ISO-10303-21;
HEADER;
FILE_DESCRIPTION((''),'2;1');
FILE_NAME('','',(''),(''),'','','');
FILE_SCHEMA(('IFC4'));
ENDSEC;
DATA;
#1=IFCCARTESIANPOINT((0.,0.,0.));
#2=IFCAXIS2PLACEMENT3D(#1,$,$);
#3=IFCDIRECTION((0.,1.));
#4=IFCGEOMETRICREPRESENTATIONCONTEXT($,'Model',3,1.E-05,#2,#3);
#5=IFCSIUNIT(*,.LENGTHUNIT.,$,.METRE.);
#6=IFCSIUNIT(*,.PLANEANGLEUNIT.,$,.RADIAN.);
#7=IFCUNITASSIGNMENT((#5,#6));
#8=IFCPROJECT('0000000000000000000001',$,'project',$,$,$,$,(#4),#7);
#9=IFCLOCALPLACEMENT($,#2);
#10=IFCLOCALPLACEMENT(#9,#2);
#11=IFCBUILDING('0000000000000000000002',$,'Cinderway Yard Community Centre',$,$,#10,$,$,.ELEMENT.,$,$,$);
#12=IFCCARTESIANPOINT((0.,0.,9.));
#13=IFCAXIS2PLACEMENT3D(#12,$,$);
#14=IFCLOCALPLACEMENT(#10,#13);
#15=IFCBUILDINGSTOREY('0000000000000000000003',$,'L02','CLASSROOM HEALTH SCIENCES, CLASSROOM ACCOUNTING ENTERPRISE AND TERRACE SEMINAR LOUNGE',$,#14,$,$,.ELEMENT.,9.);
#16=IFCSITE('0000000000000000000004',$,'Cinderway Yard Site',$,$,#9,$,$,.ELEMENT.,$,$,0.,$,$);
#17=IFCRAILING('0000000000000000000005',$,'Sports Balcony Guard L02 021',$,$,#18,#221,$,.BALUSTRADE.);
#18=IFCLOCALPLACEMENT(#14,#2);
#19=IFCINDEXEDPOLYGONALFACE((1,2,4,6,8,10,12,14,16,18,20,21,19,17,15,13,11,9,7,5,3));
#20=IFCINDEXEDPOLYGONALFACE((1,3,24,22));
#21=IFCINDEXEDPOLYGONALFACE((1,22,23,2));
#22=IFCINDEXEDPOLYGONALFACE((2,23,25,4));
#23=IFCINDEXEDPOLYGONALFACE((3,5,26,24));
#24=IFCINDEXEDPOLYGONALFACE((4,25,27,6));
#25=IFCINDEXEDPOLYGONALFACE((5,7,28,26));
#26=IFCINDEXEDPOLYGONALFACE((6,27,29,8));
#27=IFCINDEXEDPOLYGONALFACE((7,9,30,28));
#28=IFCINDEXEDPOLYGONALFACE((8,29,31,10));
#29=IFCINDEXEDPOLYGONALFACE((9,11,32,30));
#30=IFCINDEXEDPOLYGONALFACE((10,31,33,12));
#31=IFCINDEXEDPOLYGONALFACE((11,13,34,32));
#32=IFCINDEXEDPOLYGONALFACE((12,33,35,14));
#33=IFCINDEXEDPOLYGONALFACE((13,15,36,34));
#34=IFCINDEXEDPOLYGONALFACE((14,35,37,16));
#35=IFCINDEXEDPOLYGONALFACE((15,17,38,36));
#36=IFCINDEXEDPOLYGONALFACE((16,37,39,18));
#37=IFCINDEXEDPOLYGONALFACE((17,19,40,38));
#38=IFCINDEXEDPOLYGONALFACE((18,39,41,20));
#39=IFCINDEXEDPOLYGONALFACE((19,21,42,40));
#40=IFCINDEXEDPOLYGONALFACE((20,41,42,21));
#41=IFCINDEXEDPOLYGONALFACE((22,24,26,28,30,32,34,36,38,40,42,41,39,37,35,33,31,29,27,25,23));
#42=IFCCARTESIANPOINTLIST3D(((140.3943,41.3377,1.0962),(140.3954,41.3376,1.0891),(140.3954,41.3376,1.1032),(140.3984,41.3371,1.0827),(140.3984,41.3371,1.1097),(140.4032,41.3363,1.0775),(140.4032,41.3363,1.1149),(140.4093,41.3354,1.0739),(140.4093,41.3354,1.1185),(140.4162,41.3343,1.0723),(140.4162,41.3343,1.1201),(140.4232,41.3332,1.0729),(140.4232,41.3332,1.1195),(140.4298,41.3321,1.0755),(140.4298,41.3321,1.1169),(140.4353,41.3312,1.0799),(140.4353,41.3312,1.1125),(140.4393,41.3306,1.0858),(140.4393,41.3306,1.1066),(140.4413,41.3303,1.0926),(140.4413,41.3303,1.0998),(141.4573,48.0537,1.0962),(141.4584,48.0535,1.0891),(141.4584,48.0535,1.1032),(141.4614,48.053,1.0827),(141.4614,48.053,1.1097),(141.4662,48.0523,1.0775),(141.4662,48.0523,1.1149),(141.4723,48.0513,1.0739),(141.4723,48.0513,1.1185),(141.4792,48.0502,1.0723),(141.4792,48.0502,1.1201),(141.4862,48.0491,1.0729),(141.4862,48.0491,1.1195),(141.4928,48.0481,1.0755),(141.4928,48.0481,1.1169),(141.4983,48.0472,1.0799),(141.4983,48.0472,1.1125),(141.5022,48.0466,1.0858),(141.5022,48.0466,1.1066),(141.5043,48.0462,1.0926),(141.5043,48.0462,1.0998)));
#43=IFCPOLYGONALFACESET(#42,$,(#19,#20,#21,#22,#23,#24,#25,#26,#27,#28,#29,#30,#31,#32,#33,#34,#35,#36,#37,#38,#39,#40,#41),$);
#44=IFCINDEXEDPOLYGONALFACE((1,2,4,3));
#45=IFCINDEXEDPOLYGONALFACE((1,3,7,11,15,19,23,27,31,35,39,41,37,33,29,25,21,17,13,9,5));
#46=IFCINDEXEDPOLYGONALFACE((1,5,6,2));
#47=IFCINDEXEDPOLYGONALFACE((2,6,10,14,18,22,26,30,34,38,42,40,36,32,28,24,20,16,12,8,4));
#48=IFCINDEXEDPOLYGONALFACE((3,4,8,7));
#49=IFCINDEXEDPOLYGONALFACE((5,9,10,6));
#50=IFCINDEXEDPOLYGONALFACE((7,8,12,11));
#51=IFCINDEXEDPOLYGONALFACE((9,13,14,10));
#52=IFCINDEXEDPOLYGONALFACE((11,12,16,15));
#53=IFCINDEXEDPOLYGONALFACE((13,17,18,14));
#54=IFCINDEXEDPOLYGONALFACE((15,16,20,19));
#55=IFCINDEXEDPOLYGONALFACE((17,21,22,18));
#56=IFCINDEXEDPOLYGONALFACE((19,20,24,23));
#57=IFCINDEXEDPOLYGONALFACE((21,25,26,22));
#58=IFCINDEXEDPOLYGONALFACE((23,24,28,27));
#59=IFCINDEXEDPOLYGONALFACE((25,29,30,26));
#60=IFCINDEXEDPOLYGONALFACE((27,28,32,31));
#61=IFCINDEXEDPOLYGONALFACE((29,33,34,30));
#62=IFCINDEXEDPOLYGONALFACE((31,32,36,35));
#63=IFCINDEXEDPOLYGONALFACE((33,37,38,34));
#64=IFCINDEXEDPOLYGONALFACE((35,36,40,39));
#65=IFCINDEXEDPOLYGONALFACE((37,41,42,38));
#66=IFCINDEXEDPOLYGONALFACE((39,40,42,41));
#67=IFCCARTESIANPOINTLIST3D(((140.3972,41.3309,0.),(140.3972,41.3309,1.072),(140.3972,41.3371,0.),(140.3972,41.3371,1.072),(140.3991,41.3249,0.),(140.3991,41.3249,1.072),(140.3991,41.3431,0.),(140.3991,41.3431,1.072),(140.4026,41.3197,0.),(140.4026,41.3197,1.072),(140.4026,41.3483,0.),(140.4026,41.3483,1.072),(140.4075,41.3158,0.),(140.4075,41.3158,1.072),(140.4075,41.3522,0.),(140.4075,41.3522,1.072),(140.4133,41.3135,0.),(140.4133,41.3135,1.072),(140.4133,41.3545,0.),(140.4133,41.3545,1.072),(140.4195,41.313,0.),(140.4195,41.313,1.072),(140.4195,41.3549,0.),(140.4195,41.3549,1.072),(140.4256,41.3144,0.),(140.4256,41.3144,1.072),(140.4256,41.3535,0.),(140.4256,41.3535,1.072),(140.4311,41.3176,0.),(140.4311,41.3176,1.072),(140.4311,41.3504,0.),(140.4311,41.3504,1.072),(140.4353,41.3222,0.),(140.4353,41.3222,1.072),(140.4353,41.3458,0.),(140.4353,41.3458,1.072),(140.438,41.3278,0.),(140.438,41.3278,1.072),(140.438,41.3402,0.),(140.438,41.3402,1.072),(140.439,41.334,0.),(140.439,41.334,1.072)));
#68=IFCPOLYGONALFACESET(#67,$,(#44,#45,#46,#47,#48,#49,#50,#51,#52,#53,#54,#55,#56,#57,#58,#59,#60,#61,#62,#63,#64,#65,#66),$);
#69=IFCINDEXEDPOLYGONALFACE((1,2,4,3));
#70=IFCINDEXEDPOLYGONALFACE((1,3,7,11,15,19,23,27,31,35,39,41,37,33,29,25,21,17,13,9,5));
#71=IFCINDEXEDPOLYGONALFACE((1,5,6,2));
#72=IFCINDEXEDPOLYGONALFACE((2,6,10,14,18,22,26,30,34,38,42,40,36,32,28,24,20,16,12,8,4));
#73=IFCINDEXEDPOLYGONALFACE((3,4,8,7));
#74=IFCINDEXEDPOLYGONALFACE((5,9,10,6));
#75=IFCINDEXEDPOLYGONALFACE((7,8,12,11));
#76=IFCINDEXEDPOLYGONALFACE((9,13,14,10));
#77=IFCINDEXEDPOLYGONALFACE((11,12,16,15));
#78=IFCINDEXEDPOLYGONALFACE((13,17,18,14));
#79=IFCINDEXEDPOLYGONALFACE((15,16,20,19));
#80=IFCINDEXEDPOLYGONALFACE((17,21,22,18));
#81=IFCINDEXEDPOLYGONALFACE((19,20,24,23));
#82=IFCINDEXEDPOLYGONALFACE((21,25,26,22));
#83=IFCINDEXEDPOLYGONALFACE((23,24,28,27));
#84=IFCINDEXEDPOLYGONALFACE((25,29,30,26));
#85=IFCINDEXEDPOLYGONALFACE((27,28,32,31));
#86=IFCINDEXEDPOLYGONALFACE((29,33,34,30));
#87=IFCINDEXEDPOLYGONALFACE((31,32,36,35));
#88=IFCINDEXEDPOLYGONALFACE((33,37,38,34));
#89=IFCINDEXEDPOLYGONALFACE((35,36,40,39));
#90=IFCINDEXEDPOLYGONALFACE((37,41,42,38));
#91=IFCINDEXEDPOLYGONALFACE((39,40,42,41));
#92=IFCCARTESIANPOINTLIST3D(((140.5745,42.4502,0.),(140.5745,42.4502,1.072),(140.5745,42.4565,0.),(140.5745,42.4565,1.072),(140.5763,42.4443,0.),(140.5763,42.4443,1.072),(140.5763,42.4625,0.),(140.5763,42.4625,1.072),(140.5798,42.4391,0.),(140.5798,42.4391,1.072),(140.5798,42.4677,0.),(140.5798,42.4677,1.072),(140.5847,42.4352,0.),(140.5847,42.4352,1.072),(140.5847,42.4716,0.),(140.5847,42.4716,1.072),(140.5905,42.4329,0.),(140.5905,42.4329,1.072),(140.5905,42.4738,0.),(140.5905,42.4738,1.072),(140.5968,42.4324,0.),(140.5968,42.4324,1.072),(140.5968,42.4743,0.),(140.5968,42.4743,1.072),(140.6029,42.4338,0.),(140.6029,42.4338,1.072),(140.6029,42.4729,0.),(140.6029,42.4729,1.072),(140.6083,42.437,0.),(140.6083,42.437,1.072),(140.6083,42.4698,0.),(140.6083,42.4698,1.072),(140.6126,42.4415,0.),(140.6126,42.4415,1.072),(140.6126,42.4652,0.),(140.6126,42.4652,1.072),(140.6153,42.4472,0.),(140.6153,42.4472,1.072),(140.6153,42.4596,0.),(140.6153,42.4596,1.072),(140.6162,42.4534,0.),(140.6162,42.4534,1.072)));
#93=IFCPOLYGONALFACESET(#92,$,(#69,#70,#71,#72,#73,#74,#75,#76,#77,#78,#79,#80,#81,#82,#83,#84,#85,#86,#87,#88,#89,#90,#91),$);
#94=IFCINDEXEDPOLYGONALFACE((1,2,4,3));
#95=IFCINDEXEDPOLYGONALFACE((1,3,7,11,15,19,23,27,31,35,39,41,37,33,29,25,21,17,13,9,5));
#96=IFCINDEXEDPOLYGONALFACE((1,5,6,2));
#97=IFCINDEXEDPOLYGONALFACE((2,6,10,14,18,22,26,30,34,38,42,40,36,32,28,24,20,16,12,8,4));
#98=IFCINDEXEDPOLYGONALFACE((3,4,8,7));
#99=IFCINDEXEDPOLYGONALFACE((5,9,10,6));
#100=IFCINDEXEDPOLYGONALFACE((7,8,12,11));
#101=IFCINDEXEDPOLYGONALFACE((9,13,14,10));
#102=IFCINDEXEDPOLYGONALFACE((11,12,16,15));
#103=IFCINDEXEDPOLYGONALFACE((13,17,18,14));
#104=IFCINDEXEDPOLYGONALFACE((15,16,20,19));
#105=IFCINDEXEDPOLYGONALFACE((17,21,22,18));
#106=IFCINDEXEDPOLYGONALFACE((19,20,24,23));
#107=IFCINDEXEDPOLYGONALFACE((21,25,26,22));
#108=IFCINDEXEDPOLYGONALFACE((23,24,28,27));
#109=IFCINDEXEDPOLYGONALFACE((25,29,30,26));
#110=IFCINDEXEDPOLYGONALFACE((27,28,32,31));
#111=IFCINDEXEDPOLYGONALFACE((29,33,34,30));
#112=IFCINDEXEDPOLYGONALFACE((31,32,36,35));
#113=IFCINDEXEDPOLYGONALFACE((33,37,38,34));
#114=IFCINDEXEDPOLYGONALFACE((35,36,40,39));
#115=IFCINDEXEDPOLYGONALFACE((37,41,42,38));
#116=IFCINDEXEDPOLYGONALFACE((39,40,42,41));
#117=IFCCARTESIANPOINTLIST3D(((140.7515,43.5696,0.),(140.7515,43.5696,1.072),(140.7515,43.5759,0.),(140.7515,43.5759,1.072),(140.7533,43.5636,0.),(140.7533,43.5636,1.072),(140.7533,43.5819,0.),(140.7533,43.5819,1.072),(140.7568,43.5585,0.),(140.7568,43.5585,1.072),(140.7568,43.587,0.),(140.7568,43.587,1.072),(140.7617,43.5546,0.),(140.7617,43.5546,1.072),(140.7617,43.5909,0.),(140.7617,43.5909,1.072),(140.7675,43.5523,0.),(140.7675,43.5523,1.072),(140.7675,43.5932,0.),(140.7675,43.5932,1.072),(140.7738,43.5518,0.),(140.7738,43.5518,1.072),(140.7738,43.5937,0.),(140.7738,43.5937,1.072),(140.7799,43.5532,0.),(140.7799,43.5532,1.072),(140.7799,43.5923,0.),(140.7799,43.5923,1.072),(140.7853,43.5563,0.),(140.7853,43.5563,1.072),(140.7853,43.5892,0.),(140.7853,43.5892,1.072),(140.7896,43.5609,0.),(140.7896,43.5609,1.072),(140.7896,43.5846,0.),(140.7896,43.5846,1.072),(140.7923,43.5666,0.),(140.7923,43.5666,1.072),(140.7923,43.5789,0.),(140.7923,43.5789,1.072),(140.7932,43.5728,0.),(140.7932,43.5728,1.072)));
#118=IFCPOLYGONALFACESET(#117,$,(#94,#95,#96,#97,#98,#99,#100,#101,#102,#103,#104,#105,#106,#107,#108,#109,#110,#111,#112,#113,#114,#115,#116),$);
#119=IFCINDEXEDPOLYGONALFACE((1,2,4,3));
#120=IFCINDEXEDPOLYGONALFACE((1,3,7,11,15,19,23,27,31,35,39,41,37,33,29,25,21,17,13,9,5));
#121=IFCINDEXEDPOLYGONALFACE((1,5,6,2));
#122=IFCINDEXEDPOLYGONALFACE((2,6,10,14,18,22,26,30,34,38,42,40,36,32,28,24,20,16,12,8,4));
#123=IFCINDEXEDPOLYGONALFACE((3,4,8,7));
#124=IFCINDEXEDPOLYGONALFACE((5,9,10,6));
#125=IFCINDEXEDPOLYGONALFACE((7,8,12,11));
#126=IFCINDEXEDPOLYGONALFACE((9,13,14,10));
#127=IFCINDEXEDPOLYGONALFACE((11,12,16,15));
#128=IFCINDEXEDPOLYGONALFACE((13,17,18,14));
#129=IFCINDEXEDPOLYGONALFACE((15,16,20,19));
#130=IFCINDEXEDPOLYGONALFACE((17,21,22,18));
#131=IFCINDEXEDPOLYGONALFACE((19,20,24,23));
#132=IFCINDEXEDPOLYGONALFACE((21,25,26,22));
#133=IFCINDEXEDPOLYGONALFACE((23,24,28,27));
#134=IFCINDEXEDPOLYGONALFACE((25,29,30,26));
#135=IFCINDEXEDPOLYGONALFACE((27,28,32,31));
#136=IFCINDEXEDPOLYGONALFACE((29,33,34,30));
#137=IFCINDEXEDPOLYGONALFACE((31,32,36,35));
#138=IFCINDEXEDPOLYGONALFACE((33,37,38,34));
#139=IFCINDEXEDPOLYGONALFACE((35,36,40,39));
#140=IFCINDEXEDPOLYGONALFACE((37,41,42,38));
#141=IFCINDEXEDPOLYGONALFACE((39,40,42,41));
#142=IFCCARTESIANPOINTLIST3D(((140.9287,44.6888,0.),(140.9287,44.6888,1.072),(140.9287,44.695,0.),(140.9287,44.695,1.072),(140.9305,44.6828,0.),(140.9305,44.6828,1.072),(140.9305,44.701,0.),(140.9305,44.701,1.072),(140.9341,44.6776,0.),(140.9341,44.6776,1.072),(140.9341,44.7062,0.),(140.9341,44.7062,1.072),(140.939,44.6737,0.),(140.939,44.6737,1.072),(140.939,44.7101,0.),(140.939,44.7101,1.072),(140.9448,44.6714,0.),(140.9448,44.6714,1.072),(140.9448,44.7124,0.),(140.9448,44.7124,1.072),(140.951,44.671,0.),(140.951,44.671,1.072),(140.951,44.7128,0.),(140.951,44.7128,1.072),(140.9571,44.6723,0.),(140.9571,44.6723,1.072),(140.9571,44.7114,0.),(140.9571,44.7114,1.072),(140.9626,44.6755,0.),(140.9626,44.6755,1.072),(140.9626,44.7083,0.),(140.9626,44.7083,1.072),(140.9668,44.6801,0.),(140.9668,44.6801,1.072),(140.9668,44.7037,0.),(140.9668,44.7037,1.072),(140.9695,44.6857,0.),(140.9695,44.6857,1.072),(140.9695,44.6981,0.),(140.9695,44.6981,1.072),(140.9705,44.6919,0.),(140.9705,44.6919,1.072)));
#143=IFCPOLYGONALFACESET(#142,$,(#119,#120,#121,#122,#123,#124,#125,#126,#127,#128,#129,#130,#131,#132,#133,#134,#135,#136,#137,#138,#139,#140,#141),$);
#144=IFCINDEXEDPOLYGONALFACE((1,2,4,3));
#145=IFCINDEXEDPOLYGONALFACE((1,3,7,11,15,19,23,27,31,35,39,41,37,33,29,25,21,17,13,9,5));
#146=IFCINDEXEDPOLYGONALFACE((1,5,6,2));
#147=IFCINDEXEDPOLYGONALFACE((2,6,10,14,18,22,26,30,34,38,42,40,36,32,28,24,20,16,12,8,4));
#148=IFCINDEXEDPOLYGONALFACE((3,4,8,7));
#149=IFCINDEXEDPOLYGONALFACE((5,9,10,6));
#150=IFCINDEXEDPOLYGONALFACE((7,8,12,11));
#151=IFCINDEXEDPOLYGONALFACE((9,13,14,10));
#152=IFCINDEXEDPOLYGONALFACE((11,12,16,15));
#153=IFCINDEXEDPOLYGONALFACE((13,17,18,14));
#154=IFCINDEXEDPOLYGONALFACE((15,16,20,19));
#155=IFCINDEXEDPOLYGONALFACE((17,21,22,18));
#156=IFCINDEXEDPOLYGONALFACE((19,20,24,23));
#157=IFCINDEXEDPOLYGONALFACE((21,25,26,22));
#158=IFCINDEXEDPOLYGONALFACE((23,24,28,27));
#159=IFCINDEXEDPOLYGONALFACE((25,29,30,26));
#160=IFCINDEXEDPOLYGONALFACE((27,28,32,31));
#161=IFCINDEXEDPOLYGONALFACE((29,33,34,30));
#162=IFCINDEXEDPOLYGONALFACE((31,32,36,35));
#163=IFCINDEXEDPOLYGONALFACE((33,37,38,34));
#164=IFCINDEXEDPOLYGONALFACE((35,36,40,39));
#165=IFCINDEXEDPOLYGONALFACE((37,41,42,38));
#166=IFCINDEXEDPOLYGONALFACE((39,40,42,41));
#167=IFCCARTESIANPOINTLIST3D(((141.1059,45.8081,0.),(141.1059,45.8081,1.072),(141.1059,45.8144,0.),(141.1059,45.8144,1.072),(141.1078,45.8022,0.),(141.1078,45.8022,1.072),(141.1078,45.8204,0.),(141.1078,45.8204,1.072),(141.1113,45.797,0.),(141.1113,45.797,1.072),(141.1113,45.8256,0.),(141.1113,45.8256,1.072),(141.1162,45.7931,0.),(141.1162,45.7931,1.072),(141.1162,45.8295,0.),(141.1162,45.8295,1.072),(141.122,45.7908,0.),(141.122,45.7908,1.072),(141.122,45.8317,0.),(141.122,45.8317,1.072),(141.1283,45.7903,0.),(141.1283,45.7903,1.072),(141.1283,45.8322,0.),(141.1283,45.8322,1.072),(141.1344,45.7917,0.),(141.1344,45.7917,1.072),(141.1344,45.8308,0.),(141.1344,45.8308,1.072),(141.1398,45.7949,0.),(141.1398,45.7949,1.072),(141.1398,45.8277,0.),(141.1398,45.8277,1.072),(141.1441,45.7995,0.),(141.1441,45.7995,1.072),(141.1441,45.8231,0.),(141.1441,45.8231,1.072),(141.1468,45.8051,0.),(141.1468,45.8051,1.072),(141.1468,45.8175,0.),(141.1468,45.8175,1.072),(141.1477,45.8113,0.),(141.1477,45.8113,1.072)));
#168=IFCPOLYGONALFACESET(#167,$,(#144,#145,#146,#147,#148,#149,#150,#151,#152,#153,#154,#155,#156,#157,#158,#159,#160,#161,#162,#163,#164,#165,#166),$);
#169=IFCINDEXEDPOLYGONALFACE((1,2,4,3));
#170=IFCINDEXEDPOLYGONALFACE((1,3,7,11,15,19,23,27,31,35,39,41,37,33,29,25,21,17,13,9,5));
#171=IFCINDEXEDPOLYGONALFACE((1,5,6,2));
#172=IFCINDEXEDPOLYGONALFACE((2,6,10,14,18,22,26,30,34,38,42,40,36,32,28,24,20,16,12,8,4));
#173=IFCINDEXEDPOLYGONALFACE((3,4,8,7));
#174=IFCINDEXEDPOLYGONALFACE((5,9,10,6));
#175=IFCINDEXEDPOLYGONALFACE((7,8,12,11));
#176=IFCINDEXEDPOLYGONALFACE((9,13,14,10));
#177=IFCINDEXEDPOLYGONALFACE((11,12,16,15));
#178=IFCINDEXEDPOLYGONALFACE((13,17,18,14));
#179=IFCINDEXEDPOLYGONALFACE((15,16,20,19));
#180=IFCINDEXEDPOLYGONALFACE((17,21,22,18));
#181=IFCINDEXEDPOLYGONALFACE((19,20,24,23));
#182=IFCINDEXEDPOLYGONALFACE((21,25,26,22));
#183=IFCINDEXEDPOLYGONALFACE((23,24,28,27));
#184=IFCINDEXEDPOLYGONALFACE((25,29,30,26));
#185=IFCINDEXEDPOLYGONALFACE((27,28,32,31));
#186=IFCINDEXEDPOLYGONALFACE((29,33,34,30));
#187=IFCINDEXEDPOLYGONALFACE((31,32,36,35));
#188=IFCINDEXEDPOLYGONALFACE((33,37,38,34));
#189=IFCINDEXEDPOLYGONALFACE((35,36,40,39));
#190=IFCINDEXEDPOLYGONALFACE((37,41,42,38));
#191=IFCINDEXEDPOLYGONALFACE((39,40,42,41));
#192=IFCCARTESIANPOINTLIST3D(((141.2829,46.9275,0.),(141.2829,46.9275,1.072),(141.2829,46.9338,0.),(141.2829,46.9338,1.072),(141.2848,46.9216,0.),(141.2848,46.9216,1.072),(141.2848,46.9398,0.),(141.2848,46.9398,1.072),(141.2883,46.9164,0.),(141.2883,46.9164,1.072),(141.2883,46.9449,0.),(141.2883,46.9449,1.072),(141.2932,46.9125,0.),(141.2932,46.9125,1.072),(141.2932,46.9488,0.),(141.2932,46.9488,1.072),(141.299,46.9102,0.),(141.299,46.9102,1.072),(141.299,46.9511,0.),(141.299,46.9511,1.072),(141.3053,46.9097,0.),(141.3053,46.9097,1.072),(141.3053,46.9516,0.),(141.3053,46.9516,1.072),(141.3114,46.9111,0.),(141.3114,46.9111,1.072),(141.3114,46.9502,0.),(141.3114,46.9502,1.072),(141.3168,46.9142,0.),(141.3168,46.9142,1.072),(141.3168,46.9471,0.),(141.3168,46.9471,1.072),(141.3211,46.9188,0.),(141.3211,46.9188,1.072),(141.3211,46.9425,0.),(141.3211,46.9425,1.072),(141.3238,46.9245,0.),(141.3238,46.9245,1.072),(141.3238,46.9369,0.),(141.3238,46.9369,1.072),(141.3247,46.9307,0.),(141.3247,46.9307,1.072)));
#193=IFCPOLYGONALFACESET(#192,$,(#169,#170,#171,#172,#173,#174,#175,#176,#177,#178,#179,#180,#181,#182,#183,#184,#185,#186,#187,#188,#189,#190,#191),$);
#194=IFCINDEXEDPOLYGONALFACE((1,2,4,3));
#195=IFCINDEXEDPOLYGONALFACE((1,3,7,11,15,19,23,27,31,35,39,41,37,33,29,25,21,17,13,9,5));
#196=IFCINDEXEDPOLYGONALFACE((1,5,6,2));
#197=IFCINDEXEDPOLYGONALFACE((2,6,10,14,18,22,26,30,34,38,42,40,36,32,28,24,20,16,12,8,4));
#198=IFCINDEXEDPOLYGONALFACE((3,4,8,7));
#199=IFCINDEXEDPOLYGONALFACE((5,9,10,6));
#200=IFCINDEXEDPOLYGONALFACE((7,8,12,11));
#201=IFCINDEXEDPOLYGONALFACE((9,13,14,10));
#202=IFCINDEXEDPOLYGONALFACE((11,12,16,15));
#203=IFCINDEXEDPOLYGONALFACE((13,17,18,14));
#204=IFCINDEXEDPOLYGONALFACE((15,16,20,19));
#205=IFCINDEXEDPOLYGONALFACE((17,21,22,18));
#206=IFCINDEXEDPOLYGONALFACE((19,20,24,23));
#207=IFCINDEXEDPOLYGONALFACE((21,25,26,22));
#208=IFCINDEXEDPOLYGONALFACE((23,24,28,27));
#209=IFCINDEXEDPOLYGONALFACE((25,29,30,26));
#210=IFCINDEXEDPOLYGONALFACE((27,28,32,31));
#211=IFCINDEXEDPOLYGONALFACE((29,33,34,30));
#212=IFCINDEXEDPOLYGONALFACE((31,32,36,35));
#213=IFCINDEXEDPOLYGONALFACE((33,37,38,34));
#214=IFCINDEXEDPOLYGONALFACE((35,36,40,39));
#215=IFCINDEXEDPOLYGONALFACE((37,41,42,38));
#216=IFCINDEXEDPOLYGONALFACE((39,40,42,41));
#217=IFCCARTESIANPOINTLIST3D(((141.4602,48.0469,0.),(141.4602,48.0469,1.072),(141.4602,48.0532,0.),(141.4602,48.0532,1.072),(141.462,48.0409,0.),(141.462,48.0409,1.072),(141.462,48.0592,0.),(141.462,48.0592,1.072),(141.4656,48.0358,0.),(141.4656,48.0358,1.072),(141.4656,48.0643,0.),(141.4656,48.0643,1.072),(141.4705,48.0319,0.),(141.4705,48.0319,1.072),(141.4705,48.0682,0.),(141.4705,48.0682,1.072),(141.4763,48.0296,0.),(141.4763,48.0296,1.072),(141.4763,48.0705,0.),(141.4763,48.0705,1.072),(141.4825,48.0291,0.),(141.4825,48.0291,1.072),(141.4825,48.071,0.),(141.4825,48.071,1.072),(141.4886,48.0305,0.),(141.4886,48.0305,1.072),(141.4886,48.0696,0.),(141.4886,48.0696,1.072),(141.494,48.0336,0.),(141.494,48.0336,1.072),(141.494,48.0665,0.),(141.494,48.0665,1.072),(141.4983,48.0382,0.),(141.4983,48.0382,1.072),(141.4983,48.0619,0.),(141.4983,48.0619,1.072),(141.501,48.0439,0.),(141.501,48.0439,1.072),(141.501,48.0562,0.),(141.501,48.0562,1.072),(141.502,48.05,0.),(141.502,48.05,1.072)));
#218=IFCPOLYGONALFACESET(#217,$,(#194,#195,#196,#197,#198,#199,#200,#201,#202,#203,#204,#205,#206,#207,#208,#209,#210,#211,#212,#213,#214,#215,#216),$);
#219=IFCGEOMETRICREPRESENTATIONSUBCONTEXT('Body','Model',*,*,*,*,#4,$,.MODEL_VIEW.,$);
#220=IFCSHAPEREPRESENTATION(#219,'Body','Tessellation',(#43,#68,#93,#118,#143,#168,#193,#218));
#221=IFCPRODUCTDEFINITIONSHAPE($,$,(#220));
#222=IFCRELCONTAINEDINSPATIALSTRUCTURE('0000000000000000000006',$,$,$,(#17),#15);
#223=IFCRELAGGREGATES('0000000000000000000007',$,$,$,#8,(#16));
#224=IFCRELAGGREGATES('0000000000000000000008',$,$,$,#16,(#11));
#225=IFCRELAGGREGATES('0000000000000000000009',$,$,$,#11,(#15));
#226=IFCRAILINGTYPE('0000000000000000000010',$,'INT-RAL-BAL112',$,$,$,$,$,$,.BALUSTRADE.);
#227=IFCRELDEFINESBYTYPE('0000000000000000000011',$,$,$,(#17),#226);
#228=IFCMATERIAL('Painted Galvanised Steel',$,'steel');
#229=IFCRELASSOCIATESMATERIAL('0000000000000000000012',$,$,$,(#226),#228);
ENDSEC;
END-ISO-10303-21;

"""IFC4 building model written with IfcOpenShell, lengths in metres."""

from ifc_helpers import new_model, si_unit, direction, frame, origin, origin_2d, place, context, subcontext, project, spatial, circle, extrude, material, type_object, element, save


model = new_model("IFC4")

# Units and contexts
model_context = context("Model", 3, precision=1e-05, world=origin(), true_north=direction((0.0, 1.0)))
body_context = subcontext(model_context, "Body", "Model", "MODEL_VIEW")
ifc_project = project(units=[si_unit("LENGTHUNIT", "METRE"), si_unit("PLANEANGLEUNIT", "RADIAN")], contexts=[model_context])

# Site, building, storey
site_placement = place(None, origin())
site = spatial("IfcSite", under=ifc_project, at=site_placement, Name="Cinderway Yard Site", CompositionType="ELEMENT", RefElevation=0.0)
building_placement = place(site_placement, origin())
building = spatial("IfcBuilding", under=site, at=building_placement, Name="Cinderway Yard Community Centre", CompositionType="ELEMENT")
storey_placement = place(building_placement, frame((0.0, 0.0, 9.0)))
storey = spatial("IfcBuildingStorey", under=building, at=storey_placement, Name="L02", Description="CLASSROOM HEALTH SCIENCES, CLASSROOM ACCOUNTING ENTERPRISE AND TERRACE SEMINAR LOUNGE", CompositionType="ELEMENT", Elevation=9.0)

# Railing
ifc_material_1 = material(Name="Painted Galvanised Steel", Category="steel")
railing_type = type_object("IfcRailingType", Name="INT-RAL-BAL112", PredefinedType="BALUSTRADE", material=ifc_material_1)
railing_placement = place(storey_placement, frame((140.418, 41.334, 0.0)))
element("IfcRailing", 1, at=railing_placement, inside=storey, type_object=railing_type, Name="Sports Balcony Guard L02 021", PredefinedType="BALUSTRADE", context=body_context, shape_type="SweptSolid", body=[
    extrude(circle(Radius=0.0239, at=origin_2d()), frame((0.0, 0.0, 1.0962), z_axis=(0.156329, 0.987705, 0.0), x_axis=(-0.987705, 0.156329, 0.0)), (0.0, 0.0, 1.0), 6.7996),
    extrude(circle(Radius=0.021, at=origin_2d()), origin(), (0.0, 0.0, 1.0), 1.072),
    extrude(circle(Radius=0.021, at=origin_2d()), frame((0.1772, 1.1194, 0.0)), (0.0, 0.0, 1.0), 1.072),
    extrude(circle(Radius=0.021, at=origin_2d()), frame((0.3542, 2.2388, 0.0)), (0.0, 0.0, 1.0), 1.072),
    extrude(circle(Radius=0.021, at=origin_2d()), frame((0.5315, 3.3579, 0.0)), (0.0, 0.0, 1.0), 1.072),
    extrude(circle(Radius=0.021, at=origin_2d()), frame((0.7087, 4.4773, 0.0)), (0.0, 0.0, 1.0), 1.072),
    extrude(circle(Radius=0.021, at=origin_2d()), frame((0.8857, 5.5967, 0.0)), (0.0, 0.0, 1.0), 1.072),
    extrude(circle(Radius=0.021, at=origin_2d()), frame((1.063, 6.7161, 0.0)), (0.0, 0.0, 1.0), 1.072),
])

save(model, "model.ifc")
